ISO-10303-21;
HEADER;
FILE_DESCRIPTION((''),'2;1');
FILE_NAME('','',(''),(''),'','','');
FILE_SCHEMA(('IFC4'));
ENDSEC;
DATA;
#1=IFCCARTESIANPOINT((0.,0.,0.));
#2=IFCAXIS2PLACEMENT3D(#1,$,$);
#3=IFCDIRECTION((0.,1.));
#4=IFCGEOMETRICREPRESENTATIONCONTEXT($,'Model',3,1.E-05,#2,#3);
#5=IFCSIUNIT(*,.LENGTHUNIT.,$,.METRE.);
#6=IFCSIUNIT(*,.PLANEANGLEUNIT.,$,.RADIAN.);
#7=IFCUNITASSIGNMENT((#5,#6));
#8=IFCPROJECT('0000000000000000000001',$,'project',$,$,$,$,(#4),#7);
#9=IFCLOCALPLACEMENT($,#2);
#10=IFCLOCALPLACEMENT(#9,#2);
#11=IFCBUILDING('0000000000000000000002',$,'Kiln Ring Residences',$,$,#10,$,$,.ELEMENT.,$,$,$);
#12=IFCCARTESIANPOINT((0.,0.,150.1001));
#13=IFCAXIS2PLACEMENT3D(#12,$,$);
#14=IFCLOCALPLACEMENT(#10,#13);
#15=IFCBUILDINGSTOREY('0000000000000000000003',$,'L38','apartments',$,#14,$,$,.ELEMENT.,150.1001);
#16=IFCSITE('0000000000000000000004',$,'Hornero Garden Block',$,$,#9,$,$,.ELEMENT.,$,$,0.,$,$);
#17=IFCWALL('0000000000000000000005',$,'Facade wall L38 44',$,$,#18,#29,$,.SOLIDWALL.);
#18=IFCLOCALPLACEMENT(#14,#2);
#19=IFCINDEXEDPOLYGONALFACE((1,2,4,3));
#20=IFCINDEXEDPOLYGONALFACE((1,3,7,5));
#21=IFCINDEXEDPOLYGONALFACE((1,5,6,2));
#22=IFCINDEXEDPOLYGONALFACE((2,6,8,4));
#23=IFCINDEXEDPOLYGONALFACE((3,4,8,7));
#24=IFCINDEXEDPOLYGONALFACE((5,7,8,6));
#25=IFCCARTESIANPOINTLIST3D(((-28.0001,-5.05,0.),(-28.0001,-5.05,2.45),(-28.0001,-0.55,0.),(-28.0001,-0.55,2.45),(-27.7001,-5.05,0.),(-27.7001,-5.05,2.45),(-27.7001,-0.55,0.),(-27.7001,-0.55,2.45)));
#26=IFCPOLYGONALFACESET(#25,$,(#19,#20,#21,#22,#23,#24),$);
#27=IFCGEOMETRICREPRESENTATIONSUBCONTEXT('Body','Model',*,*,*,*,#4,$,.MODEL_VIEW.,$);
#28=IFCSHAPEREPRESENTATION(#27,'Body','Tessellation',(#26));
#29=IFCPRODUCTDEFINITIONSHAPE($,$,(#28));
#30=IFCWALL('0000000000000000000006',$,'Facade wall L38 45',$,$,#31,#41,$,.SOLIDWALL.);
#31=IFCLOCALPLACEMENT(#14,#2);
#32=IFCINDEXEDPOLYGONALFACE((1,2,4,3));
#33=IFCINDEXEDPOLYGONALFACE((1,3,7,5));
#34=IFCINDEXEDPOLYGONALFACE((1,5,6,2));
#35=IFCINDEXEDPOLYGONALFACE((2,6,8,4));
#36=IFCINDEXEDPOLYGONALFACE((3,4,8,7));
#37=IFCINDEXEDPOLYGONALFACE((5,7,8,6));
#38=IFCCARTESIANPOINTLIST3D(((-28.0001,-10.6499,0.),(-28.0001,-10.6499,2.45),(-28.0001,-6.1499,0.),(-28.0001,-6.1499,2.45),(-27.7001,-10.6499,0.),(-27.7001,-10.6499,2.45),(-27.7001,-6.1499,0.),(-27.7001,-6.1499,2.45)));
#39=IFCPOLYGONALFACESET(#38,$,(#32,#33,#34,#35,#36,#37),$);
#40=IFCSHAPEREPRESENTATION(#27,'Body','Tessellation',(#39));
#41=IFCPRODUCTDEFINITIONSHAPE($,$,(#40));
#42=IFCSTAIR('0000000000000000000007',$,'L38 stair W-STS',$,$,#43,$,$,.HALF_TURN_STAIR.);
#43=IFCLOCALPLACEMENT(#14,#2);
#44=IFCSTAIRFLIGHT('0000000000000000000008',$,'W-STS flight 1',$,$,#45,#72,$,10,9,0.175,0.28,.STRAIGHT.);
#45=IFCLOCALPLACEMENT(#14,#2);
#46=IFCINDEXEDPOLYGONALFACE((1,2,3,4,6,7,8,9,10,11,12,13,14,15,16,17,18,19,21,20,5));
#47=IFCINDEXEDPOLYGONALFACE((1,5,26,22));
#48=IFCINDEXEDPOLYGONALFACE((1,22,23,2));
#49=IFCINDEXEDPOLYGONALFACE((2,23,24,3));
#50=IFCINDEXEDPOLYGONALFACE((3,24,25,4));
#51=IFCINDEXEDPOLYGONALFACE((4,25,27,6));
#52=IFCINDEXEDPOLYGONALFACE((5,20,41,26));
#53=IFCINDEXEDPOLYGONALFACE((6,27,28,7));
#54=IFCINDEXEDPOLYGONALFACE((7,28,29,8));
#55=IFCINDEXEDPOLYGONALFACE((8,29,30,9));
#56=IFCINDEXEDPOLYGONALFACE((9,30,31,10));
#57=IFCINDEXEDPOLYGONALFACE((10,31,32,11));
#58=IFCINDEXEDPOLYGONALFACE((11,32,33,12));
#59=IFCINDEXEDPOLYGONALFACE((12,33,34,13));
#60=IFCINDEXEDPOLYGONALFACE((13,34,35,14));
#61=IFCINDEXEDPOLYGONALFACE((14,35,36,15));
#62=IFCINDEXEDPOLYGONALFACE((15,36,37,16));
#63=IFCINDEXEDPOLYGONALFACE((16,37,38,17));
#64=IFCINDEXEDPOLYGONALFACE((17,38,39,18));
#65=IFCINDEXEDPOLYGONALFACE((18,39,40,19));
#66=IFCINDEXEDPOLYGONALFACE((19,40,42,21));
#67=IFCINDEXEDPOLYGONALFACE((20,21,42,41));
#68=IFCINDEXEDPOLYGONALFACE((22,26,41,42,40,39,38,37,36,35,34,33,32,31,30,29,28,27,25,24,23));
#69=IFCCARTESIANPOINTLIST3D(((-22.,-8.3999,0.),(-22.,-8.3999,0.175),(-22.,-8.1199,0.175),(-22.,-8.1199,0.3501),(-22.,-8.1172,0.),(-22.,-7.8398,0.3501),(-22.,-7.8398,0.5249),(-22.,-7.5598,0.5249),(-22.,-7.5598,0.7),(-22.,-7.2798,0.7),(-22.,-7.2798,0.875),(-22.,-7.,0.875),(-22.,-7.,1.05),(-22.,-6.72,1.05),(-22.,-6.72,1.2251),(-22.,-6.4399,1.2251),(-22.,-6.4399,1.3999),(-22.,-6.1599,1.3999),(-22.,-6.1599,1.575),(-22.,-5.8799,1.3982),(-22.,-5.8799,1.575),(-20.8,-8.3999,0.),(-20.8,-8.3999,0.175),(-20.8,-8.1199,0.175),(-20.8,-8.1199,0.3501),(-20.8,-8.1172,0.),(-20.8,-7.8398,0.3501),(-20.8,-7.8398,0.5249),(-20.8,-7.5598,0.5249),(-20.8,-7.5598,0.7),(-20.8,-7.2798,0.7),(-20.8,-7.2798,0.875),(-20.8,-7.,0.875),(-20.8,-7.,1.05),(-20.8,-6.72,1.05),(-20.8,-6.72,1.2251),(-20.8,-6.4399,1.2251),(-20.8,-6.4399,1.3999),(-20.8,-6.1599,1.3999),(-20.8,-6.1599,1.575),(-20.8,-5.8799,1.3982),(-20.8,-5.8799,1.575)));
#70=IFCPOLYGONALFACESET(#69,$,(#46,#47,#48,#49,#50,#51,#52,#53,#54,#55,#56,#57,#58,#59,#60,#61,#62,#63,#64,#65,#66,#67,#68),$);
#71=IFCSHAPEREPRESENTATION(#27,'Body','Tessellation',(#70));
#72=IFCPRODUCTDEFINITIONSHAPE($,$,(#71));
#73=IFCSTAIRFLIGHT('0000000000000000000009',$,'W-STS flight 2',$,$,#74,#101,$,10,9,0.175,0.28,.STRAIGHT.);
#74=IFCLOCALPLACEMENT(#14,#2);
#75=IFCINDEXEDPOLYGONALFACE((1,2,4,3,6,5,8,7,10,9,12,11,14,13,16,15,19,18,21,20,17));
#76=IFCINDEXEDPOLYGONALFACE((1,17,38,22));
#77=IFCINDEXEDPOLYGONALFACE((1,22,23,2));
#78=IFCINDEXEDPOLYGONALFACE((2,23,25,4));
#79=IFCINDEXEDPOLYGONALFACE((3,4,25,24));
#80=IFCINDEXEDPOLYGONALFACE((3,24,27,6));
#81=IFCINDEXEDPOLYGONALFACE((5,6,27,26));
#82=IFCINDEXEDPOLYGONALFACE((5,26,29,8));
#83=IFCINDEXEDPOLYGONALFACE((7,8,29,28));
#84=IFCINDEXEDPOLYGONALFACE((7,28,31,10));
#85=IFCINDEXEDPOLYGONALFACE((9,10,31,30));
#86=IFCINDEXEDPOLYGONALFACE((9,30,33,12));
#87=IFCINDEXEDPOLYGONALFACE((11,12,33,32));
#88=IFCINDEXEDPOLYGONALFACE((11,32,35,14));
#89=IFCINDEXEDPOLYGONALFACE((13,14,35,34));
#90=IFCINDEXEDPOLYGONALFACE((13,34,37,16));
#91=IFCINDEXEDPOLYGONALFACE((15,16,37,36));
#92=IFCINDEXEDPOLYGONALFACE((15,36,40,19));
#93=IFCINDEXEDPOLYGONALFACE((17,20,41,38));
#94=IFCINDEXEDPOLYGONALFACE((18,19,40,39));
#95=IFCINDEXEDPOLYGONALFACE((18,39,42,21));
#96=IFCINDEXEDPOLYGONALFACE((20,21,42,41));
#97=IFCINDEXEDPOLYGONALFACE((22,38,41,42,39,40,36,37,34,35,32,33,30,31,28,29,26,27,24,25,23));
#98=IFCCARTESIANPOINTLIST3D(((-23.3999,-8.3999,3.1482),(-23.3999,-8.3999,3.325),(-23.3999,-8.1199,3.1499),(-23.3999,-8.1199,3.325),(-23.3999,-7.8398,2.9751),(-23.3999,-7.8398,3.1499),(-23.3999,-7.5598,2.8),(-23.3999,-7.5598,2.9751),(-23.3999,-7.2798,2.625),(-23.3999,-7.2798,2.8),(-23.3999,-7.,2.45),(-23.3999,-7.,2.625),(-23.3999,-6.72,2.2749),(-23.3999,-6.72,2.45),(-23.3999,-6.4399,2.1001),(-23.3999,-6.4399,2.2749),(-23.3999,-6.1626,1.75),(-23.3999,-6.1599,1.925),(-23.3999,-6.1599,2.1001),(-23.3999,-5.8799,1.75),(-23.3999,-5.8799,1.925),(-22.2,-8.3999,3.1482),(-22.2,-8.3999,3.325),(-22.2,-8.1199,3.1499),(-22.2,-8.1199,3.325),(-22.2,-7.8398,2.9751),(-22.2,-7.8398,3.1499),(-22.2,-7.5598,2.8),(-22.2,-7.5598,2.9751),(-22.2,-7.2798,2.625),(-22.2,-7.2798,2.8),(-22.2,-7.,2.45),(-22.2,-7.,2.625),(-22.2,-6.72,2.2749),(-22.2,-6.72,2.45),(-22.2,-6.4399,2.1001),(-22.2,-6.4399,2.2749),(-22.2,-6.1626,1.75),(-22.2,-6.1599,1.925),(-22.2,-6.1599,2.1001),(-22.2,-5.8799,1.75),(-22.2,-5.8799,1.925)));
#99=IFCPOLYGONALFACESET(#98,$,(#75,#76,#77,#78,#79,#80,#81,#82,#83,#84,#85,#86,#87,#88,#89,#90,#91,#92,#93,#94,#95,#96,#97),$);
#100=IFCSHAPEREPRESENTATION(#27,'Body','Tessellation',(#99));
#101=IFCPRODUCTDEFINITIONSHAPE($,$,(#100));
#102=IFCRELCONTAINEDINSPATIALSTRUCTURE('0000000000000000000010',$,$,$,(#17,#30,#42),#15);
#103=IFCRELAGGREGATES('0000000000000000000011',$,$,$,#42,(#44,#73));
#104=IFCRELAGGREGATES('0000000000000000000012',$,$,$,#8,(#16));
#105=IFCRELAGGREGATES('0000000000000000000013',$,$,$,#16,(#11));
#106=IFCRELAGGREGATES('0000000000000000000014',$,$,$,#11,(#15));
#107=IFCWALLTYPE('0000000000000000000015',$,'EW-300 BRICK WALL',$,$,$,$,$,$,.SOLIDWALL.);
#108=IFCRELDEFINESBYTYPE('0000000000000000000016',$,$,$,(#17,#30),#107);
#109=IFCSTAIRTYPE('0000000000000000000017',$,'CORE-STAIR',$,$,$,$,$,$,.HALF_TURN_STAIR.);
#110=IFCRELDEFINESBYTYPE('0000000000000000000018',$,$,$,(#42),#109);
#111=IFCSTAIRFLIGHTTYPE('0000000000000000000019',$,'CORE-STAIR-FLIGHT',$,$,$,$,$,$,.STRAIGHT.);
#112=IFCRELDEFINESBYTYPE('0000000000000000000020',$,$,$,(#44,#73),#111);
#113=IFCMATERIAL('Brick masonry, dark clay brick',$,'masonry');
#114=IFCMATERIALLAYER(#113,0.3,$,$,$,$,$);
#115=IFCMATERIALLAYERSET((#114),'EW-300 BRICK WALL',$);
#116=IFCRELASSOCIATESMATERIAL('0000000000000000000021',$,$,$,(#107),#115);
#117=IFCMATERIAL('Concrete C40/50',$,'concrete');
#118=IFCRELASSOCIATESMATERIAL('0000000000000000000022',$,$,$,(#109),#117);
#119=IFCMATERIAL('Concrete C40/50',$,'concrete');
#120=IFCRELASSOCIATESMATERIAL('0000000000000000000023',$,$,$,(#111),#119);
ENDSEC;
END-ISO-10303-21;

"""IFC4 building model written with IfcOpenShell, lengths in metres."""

from ifc_helpers import new_model, si_unit, direction, frame, frame_2d, origin, place, context, subcontext, project, spatial, polyline, rectangle, outline, extrude, material, layer, layer_set, type_object, element, aggregate, save


model = new_model("IFC4")

# Units and contexts
model_context = context("Model", 3, precision=1e-05, world=origin(), true_north=direction((0.0, 1.0)))
body_context = subcontext(model_context, "Body", "Model", "MODEL_VIEW")
ifc_project = project(units=[si_unit("LENGTHUNIT", "METRE"), si_unit("PLANEANGLEUNIT", "RADIAN")], contexts=[model_context])

# Site, building, storey
site_placement = place(None, origin())
site = spatial("IfcSite", under=ifc_project, at=site_placement, Name="Hornero Garden Block", CompositionType="ELEMENT", RefElevation=0.0)
building_placement = place(site_placement, origin())
building = spatial("IfcBuilding", under=site, at=building_placement, Name="Kiln Ring Residences", CompositionType="ELEMENT")
storey_placement = place(building_placement, frame((0.0, 0.0, 150.1001)))
storey = spatial("IfcBuildingStorey", under=building, at=storey_placement, Name="L38", Description="apartments", CompositionType="ELEMENT", Elevation=150.1001)

# Walls
ifc_material_1 = material(Name="Brick masonry, dark clay brick", Category="masonry")
ifc_layer_1 = layer(ifc_material_1, 0.3)
ifc_layer_set_1 = layer_set([ifc_layer_1], Name="EW-300 BRICK WALL")
wall_type_1 = type_object("IfcWallType", Name="EW-300 BRICK WALL", PredefinedType="SOLIDWALL", material=ifc_layer_set_1)
for number, where, z_axis, x_axis, name in (
    (1, (-27.8501, -0.55, 0.0), (0.0, 0.0, 1.0), (0.0, -1.0, 0.0), "Facade wall L38 44"),
    (2, (-27.8501, -6.1499, 0.0), (0.0, 0.0, 1.0), (0.0, -1.0, 0.0), "Facade wall L38 45"),
):
    element("IfcWall", number, at=place(storey_placement, frame(where, z_axis=z_axis, x_axis=x_axis)), inside=storey, type_object=wall_type_1, Name=name, PredefinedType="SOLIDWALL", context=body_context, shape_type="SweptSolid", body=[
        extrude(rectangle(XDim=4.5, YDim=0.3, at=frame_2d((2.25, 0.0))), origin(), (0.0, 0.0, 1.0), 2.45),
    ])

# Stair, stair flights
ifc_material_2 = material(Name="Concrete C40/50", Category="concrete")
stair_type = type_object("IfcStairType", Name="CORE-STAIR", PredefinedType="HALF_TURN_STAIR", material=ifc_material_2)
stair_placement = place(storey_placement, origin())
stair = element("IfcStair", 3, at=stair_placement, inside=storey, type_object=stair_type, Name="L38 stair W-STS", PredefinedType="HALF_TURN_STAIR")
ifc_material_3 = material(Name="Concrete C40/50", Category="concrete")
stair_flight_type = type_object("IfcStairFlightType", Name="CORE-STAIR-FLIGHT", PredefinedType="STRAIGHT", material=ifc_material_3)
stair_flight_1_placement = place(storey_placement, frame((-21.3999, -8.3999, 0.0), z_axis=(0.0, 0.0, 1.0), x_axis=(0.0, 1.0, 0.0)))
stair_flight_1 = element("IfcStairFlight", 4, at=stair_flight_1_placement, type_object=stair_flight_type, Name="W-STS flight 1", NumberOfRisers=10, NumberOfTreads=9, PredefinedType="STRAIGHT", RiserHeight=0.175, TreadLength=0.28, context=body_context, shape_type="SweptSolid", body=[
    extrude(outline(polyline([(0.0, 0.0), (0.0, 0.175), (0.28, 0.175), (0.28, 0.3501), (0.5601, 0.3501), (0.5601, 0.5249), (0.8401, 0.5249), (0.8401, 0.7), (1.1201, 0.7), (1.1201, 0.875), (1.3999, 0.875), (1.3999, 1.05), (1.6799, 1.05), (1.6799, 1.2251), (1.96, 1.2251), (1.96, 1.3999), (2.24, 1.3999), (2.24, 1.575), (2.52, 1.575), (2.52, 1.75), (2.52, 1.3982), (0.2827, 0.0), (0.0, 0.0)])), frame((0.0, 0.6001, 0.0), z_axis=(0.0, -1.0, 0.0), x_axis=(1.0, 0.0, 0.0)), (0.0, 0.0, 1.0), 1.2),
])
stair_flight_2_placement = place(storey_placement, frame((-22.8, -5.8799, 1.75), z_axis=(0.0, 0.0, 1.0), x_axis=(0.0, -1.0, 0.0)))
stair_flight_2 = element("IfcStairFlight", 5, at=stair_flight_2_placement, type_object=stair_flight_type, Name="W-STS flight 2", NumberOfRisers=10, NumberOfTreads=9, PredefinedType="STRAIGHT", RiserHeight=0.175, TreadLength=0.28, context=body_context, shape_type="SweptSolid", body=[
    extrude(outline(polyline([(0.0, 0.0), (0.0, 0.175), (0.28, 0.175), (0.28, 0.3501), (0.5601, 0.3501), (0.5601, 0.5249), (0.8401, 0.5249), (0.8401, 0.7), (1.1201, 0.7), (1.1201, 0.875), (1.3999, 0.875), (1.3999, 1.05), (1.6799, 1.05), (1.6799, 1.2251), (1.96, 1.2251), (1.96, 1.3999), (2.24, 1.3999), (2.24, 1.575), (2.52, 1.575), (2.52, 1.75), (2.52, 1.3982), (0.2827, 0.0), (0.0, 0.0)])), frame((0.0, 0.6001, 0.0), z_axis=(0.0, -1.0, 0.0), x_axis=(1.0, 0.0, 0.0)), (0.0, 0.0, 1.0), 1.2),
])
aggregate(stair, [stair_flight_1, stair_flight_2])

save(model, "model.ifc")
